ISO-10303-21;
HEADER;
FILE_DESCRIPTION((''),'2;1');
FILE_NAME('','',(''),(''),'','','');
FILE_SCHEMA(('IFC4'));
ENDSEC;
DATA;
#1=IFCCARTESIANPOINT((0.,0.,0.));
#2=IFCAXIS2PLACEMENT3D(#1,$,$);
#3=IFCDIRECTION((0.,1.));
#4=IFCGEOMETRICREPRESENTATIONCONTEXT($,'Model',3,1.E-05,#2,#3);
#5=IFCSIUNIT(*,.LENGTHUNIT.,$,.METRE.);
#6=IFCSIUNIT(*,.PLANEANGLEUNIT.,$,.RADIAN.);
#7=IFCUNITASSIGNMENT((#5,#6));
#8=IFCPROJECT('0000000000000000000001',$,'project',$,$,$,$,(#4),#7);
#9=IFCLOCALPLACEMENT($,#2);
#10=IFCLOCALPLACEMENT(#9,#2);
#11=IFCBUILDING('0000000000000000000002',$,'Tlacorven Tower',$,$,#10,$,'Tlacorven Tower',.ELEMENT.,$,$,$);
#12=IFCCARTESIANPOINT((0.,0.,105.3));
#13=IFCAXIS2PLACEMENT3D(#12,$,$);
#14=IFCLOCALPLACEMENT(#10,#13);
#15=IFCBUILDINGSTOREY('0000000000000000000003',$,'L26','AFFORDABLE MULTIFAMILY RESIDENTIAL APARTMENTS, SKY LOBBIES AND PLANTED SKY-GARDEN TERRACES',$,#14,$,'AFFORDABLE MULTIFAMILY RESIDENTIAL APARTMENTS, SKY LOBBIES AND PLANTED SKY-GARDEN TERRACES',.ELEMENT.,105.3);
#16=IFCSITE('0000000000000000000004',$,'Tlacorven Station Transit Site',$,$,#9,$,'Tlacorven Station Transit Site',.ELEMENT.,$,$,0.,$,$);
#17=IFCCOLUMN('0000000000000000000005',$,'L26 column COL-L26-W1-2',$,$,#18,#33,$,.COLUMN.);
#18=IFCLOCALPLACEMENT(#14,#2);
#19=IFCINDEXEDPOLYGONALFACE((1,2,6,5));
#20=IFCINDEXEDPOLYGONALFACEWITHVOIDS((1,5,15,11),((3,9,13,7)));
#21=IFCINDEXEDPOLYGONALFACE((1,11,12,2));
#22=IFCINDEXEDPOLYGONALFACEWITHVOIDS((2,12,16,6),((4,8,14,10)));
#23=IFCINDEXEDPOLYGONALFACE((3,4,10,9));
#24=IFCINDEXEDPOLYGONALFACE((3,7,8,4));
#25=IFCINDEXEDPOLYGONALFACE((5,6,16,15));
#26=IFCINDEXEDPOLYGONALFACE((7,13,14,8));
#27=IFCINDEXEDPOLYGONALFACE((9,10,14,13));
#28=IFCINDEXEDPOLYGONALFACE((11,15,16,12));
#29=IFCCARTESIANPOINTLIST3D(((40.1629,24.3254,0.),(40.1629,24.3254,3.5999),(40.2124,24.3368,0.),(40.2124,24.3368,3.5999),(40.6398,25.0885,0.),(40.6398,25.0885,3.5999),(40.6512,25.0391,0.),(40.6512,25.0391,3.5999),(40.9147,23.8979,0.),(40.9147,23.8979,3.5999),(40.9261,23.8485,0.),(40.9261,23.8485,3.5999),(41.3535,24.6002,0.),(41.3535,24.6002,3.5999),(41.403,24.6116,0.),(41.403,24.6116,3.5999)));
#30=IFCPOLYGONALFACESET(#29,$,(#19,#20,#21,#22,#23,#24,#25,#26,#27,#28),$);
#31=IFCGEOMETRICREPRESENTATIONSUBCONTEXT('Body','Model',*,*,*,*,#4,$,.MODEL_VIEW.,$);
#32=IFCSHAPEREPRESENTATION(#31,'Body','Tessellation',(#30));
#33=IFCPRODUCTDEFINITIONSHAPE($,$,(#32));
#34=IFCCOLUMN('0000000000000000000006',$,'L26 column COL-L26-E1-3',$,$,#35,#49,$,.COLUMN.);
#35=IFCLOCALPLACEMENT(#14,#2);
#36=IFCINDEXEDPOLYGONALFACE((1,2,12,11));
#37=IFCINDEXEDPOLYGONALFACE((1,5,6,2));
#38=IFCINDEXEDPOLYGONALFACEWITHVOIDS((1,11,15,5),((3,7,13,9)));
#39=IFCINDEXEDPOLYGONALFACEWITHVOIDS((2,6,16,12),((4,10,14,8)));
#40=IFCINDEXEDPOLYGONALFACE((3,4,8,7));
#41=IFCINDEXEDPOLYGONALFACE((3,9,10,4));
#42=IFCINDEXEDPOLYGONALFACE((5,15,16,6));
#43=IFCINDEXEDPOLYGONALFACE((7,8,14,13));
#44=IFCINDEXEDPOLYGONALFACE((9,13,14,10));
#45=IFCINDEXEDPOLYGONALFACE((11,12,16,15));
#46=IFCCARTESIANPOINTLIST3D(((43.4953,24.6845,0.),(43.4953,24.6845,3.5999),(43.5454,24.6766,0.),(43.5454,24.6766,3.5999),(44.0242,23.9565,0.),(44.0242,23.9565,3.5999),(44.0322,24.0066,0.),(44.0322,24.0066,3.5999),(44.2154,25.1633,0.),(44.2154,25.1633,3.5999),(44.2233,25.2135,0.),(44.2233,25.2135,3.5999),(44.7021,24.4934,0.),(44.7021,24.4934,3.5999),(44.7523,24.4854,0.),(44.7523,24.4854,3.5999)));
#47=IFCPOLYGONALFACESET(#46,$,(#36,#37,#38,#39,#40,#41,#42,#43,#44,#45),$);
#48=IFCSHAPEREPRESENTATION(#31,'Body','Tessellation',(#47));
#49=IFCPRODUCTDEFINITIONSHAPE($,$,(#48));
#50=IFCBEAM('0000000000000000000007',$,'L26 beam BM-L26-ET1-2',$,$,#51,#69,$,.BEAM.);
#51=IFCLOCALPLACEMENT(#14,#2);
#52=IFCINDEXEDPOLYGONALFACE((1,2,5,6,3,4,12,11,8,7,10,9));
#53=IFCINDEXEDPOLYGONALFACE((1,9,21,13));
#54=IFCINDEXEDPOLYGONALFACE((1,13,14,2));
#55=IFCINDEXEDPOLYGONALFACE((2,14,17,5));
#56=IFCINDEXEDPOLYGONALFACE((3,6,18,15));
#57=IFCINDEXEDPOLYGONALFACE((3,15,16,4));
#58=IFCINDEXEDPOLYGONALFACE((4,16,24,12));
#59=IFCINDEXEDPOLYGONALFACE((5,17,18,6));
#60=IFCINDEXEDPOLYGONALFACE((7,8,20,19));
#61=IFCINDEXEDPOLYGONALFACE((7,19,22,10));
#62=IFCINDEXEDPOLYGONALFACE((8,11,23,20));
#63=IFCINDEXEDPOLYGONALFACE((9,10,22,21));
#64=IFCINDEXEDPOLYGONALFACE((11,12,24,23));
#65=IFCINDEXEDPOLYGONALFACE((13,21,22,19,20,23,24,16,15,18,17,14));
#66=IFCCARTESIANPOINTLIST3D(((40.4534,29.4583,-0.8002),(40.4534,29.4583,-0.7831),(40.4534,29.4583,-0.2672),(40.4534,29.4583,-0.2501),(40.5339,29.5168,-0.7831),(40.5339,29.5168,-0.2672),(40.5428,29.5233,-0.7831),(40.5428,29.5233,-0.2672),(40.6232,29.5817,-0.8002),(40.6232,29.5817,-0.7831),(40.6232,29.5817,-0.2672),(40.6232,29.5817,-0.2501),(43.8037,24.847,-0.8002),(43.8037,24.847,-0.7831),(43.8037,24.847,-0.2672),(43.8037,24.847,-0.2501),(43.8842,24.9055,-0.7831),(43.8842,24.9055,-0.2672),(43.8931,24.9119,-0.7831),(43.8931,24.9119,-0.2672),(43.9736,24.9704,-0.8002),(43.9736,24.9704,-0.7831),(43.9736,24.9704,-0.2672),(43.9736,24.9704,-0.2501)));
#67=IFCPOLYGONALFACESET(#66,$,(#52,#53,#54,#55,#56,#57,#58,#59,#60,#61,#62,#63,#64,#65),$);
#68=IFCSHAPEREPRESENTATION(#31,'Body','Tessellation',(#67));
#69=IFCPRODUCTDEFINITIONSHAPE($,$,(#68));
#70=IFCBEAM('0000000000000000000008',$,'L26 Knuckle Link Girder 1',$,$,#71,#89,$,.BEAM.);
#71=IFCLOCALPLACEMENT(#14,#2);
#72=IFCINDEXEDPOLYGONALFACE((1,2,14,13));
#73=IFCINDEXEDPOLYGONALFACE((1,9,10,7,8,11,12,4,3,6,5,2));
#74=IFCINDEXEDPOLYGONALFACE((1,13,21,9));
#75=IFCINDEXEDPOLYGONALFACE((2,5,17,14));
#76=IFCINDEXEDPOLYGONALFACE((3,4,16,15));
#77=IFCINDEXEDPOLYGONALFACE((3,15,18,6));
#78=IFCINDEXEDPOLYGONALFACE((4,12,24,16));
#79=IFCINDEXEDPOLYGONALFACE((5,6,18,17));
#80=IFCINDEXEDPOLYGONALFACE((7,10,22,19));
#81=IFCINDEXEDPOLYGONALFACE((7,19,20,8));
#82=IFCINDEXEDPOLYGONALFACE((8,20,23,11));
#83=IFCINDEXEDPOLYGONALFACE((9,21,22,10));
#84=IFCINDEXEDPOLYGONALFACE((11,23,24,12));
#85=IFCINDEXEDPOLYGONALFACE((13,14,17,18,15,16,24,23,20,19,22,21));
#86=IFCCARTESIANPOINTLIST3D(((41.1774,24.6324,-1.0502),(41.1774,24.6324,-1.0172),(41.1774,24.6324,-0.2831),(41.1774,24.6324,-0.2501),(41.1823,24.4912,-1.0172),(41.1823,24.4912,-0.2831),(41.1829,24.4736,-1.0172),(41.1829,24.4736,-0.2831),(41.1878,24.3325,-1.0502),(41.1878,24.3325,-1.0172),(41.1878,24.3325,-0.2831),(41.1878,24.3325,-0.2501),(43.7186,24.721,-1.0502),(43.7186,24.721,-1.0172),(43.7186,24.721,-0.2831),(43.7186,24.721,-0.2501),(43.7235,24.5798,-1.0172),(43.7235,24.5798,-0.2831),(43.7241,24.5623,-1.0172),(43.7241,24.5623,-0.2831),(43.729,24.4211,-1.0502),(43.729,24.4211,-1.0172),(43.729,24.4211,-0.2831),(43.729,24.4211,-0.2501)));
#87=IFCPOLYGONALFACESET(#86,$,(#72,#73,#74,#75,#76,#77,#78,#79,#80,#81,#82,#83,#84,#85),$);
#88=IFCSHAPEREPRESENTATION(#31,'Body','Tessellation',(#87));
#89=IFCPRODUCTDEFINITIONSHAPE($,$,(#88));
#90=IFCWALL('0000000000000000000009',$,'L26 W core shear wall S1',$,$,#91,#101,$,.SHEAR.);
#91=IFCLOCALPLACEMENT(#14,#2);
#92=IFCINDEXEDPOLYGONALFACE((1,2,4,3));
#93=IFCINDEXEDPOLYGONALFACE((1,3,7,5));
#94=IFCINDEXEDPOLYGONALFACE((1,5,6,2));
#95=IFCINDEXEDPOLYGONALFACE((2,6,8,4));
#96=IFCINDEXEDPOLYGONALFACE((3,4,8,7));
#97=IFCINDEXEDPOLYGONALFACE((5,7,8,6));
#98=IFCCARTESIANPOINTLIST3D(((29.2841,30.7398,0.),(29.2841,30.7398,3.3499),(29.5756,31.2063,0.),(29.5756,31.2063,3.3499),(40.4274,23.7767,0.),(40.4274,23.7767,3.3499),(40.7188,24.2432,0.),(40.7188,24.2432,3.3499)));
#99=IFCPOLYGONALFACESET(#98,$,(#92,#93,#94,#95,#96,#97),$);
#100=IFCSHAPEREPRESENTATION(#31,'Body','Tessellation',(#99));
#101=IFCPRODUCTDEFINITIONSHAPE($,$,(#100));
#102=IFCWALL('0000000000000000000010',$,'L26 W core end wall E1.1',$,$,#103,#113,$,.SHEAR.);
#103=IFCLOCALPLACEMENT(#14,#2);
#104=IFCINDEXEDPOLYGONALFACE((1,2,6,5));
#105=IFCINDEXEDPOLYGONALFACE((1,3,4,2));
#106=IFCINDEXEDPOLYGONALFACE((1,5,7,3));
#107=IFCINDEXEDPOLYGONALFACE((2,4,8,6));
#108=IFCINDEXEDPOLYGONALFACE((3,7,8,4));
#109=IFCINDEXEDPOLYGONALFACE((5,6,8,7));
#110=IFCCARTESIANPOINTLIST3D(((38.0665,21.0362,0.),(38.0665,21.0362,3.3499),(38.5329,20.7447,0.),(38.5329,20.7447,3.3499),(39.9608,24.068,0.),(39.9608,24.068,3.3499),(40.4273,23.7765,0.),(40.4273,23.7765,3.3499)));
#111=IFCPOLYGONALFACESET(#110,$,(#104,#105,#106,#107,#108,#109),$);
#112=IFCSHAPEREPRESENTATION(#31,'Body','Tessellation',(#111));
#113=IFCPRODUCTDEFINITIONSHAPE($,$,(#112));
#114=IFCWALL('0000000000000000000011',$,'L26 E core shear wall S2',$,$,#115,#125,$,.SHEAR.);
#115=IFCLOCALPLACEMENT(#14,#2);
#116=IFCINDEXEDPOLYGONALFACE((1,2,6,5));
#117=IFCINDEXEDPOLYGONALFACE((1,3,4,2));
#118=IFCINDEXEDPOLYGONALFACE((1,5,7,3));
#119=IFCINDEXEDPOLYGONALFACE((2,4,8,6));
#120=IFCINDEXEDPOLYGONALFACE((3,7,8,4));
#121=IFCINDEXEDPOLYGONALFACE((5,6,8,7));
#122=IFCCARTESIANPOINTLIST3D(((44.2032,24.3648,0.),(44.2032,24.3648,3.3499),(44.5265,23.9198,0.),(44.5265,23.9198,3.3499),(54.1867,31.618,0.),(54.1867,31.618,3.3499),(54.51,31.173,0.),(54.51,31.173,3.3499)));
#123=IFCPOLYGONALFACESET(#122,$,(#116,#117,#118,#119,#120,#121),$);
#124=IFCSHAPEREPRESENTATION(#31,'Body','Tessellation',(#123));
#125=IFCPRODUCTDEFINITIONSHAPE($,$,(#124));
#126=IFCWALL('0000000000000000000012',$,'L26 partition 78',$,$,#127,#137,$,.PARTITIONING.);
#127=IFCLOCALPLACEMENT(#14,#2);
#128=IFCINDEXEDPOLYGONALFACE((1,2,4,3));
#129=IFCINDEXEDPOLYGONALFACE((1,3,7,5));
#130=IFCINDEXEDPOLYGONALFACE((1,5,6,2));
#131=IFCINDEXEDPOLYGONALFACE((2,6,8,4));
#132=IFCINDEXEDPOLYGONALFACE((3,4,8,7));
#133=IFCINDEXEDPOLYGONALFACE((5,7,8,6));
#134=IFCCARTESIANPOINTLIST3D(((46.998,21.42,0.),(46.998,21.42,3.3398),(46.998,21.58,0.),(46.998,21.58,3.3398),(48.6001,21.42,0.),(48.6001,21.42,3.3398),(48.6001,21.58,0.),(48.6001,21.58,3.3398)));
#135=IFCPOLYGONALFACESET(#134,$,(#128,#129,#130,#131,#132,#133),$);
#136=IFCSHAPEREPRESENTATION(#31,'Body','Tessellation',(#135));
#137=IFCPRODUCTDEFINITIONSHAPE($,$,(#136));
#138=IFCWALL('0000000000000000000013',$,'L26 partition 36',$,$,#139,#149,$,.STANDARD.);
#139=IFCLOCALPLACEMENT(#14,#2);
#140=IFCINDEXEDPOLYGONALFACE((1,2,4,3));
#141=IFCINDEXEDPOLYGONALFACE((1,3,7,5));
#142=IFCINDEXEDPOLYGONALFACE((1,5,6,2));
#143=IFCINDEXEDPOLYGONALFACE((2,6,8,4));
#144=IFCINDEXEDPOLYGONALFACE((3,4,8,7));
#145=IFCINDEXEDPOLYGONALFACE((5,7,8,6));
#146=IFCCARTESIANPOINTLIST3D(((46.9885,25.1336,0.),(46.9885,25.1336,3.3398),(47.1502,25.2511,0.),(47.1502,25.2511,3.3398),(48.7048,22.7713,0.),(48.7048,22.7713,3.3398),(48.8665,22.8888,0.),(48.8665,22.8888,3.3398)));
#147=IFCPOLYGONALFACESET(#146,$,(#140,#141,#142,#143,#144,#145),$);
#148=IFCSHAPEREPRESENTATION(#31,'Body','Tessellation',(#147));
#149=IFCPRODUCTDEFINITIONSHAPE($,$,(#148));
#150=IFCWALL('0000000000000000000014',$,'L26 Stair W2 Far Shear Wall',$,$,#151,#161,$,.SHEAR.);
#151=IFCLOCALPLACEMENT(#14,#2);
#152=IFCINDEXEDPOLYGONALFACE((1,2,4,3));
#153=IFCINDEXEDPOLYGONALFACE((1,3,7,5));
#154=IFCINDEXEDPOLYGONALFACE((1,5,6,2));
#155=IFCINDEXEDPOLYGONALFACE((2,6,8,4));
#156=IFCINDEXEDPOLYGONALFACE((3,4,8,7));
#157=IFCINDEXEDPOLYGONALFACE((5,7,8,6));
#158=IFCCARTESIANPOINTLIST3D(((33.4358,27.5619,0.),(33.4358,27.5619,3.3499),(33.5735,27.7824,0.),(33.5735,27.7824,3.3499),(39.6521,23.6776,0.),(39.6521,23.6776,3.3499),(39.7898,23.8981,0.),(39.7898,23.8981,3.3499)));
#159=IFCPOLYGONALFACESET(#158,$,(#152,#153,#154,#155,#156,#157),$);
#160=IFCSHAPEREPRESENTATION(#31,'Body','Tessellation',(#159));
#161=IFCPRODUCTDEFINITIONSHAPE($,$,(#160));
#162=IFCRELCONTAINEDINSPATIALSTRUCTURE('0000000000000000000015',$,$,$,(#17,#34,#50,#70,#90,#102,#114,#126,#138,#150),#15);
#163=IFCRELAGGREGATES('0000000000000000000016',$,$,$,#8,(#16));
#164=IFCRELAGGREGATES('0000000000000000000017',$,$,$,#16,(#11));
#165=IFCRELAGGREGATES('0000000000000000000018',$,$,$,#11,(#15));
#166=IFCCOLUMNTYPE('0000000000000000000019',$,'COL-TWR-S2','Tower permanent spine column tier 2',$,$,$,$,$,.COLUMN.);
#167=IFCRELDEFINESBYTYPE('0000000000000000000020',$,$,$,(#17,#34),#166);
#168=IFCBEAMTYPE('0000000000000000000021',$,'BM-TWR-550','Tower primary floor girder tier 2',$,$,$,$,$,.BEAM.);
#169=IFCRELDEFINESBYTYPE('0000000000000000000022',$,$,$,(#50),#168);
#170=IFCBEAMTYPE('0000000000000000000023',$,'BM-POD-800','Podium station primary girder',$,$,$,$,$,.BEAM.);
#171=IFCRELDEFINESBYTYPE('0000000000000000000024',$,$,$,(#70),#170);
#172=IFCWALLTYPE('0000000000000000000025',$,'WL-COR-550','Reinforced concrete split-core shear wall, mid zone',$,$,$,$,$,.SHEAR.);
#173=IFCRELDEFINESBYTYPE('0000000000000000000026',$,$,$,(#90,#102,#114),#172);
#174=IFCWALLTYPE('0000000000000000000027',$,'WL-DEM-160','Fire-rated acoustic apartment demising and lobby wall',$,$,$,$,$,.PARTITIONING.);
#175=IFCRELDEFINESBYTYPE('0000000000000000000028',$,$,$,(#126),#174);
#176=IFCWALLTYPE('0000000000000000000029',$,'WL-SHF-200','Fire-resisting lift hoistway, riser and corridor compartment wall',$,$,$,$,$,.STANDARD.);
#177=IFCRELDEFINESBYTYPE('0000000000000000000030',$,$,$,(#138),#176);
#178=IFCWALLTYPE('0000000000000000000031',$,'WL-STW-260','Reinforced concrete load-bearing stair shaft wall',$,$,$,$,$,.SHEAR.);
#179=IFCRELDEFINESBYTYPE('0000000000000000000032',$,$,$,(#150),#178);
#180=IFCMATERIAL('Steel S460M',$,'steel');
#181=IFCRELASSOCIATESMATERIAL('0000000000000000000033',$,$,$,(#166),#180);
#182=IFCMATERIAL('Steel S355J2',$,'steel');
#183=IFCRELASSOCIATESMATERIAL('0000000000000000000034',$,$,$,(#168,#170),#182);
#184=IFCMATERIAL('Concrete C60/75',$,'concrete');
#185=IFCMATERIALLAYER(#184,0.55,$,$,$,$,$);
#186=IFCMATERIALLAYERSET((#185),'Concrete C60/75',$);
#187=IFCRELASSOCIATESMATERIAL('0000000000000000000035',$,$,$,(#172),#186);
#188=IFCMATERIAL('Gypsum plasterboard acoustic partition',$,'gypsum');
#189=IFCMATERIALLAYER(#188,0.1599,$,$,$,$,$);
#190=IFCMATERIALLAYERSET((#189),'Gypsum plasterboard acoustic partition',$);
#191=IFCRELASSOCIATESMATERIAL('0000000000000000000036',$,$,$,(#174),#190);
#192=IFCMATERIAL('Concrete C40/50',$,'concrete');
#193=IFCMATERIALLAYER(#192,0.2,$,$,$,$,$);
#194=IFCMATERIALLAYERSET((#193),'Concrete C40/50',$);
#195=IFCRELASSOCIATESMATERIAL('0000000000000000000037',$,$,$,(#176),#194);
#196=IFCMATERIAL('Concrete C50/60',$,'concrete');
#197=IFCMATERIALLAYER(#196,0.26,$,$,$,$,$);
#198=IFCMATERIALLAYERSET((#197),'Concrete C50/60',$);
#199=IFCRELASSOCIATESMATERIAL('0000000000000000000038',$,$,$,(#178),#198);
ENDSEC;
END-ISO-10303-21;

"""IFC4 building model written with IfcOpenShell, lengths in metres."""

from ifc_helpers import new_model, si_unit, direction, frame, frame_2d, origin, origin_2d, place, context, subcontext, project, spatial, rectangle, hollow_rectangle, i_section, extrude, source, transform, mapped, material, layer, layer_set, material_profile, profile_set, type_object, element, save


model = new_model("IFC4")

# Units and contexts
model_context = context("Model", 3, precision=1e-05, world=origin(), true_north=direction((0.0, 1.0)))
body_context = subcontext(model_context, "Body", "Model", "MODEL_VIEW")
ifc_project = project(units=[si_unit("LENGTHUNIT", "METRE"), si_unit("PLANEANGLEUNIT", "RADIAN")], contexts=[model_context])

# Site, building, storey
site_placement = place(None, origin())
site = spatial("IfcSite", under=ifc_project, at=site_placement, Name="Tlacorven Station Transit Site", LongName="Tlacorven Station Transit Site", CompositionType="ELEMENT", RefElevation=0.0)
building_placement = place(site_placement, origin())
building = spatial("IfcBuilding", under=site, at=building_placement, Name="Tlacorven Tower", LongName="Tlacorven Tower", CompositionType="ELEMENT")
storey_placement = place(building_placement, frame((0.0, 0.0, 105.3)))
storey = spatial("IfcBuildingStorey", under=building, at=storey_placement, Name="L26", Description="AFFORDABLE MULTIFAMILY RESIDENTIAL APARTMENTS, SKY LOBBIES AND PLANTED SKY-GARDEN TERRACES", LongName="AFFORDABLE MULTIFAMILY RESIDENTIAL APARTMENTS, SKY LOBBIES AND PLANTED SKY-GARDEN TERRACES", CompositionType="ELEMENT", Elevation=105.3)

# Columns
ifc_material_1 = material(Name="Steel S460M", Category="steel")
ifc_material_profile_1 = material_profile(ifc_material_1, hollow_rectangle(XDim=0.8999, YDim=0.8999, WallThickness=0.0359, at=origin_2d()), Name="BOX 900X900X36")
ifc_profile_set_1 = profile_set([ifc_material_profile_1], Name="Steel S460M")
column_type = type_object("IfcColumnType", Name="COL-TWR-S2", Description="Tower permanent spine column tier 2", PredefinedType="COLUMN", material=ifc_profile_set_1)
shared_shape_1 = source(origin(), body_context, "Body", "SweptSolid", [
    extrude(hollow_rectangle(XDim=0.8999, YDim=0.8999, WallThickness=0.0359, at=origin_2d()), origin(), (0.0, 0.0, 1.0), 3.5999),
])
for number, where, z_axis, x_axis, name in (
    (1, (40.783, 24.4685, 0.0), (0.0, 0.0, 1.0), (-0.848048, 0.529919, 0.0), "L26 column COL-L26-W1-2"),
    (2, (44.1238, 24.585, 0.0), (0.0, 0.0, 1.0), (0.809017, 0.587785, 0.0), "L26 column COL-L26-E1-3"),
):
    element("IfcColumn", number, at=place(storey_placement, frame(where, z_axis=z_axis, x_axis=x_axis)), inside=storey, type_object=column_type, Name=name, PredefinedType="COLUMN", context=body_context, shape_type="MappedRepresentation", body=[
        mapped(shared_shape_1, transform((0.0, 0.0, 0.0), scale=1.0)),
    ])

# Beams
ifc_material_2 = material(Name="Steel S355J2", Category="steel")
ifc_material_profile_2 = material_profile(ifc_material_2, i_section(OverallWidth=0.21, OverallDepth=0.55, WebThickness=0.011, FlangeThickness=0.0171, at=origin_2d()), Name="IPE 550")
ifc_profile_set_2 = profile_set([ifc_material_profile_2], Name="Steel S355J2")
beam_type_1 = type_object("IfcBeamType", Name="BM-TWR-550", Description="Tower primary floor girder tier 2", PredefinedType="BEAM", material=ifc_profile_set_2)
shared_shape_2 = source(origin(), body_context, "Body", "SweptSolid", [
    extrude(i_section(OverallWidth=0.21, OverallDepth=0.55, WebThickness=0.011, FlangeThickness=0.0171, at=origin_2d()), origin(), (0.0, 0.0, 1.0), 5.7),
])
beam_1_placement = place(storey_placement, frame((43.8887, 24.9087, -0.5251), z_axis=(-0.587787, 0.809016, 0.0), x_axis=(-0.809016, -0.587787, 0.0)))
element("IfcBeam", 3, at=beam_1_placement, inside=storey, type_object=beam_type_1, Name="L26 beam BM-L26-ET1-2", PredefinedType="BEAM", context=body_context, shape_type="MappedRepresentation", body=[
    mapped(shared_shape_2, transform((0.0, 0.0, 0.0), scale=1.0)),
])
ifc_material_profile_3 = material_profile(ifc_material_2, i_section(OverallWidth=0.3, OverallDepth=0.8, WebThickness=0.0176, FlangeThickness=0.033, at=origin_2d()), Name="HEB 800")
ifc_profile_set_3 = profile_set([ifc_material_profile_3], Name="Steel S355J2")
beam_type_2 = type_object("IfcBeamType", Name="BM-POD-800", Description="Podium station primary girder", PredefinedType="BEAM", material=ifc_profile_set_3)
shared_shape_3 = source(origin(), body_context, "Body", "SweptSolid", [
    extrude(i_section(OverallWidth=0.3, OverallDepth=0.8, WebThickness=0.0176, FlangeThickness=0.033, at=origin_2d()), origin(), (0.0, 0.0, 1.0), 2.5427),
])
beam_2_placement = place(storey_placement, frame((41.1826, 24.4824, -0.6501), z_axis=(0.999392, 0.034852, 0.0), x_axis=(-0.034852, 0.999392, 0.0)))
element("IfcBeam", 4, at=beam_2_placement, inside=storey, type_object=beam_type_2, Name="L26 Knuckle Link Girder 1", PredefinedType="BEAM", context=body_context, shape_type="MappedRepresentation", body=[
    mapped(shared_shape_3, transform((0.0, 0.0, 0.0), scale=1.0)),
])

# Walls
ifc_material_3 = material(Name="Concrete C60/75", Category="concrete")
ifc_layer_1 = layer(ifc_material_3, 0.55)
ifc_layer_set_1 = layer_set([ifc_layer_1], Name="Concrete C60/75")
wall_type_1 = type_object("IfcWallType", Name="WL-COR-550", Description="Reinforced concrete split-core shear wall, mid zone", PredefinedType="SHEAR", material=ifc_layer_set_1)
wall_1_placement = place(storey_placement, frame((40.573, 24.01, 0.0), z_axis=(0.0, 0.0, 1.0), x_axis=(-0.848047, 0.52992, 0.0)))
element("IfcWall", 5, at=wall_1_placement, inside=storey, type_object=wall_type_1, Name="L26 W core shear wall S1", PredefinedType="SHEAR", context=body_context, shape_type="SweptSolid", body=[
    extrude(rectangle(XDim=13.1399, YDim=0.55, at=frame_2d((6.5698, 0.0))), origin(), (0.0, 0.0, 1.0), 3.3499),
])
wall_2_placement = place(storey_placement, frame((40.1941, 23.9224, 0.0), z_axis=(0.0, 0.0, 1.0), x_axis=(-0.529888, -0.848067, 0.0)))
element("IfcWall", 6, at=wall_2_placement, inside=storey, type_object=wall_type_1, Name="L26 W core end wall E1.1", PredefinedType="SHEAR", context=body_context, shape_type="SweptSolid", body=[
    extrude(rectangle(XDim=3.575, YDim=0.55, at=frame_2d((1.7876, 0.0))), origin(), (0.0, 0.0, 1.0), 3.3499),
])
wall_3_placement = place(storey_placement, frame((44.365, 24.1423, 0.0), z_axis=(0.0, 0.0, 1.0), x_axis=(0.809024, 0.587775, 0.0)))
element("IfcWall", 7, at=wall_3_placement, inside=storey, type_object=wall_type_1, Name="L26 E core shear wall S2", PredefinedType="SHEAR", context=body_context, shape_type="SweptSolid", body=[
    extrude(rectangle(XDim=12.3401, YDim=0.55, at=frame_2d((6.1699, 0.0))), origin(), (0.0, 0.0, 1.0), 3.3499),
])
ifc_material_4 = material(Name="Gypsum plasterboard acoustic partition", Category="gypsum")
ifc_layer_2 = layer(ifc_material_4, 0.1599)
ifc_layer_set_2 = layer_set([ifc_layer_2], Name="Gypsum plasterboard acoustic partition")
wall_type_2 = type_object("IfcWallType", Name="WL-DEM-160", Description="Fire-rated acoustic apartment demising and lobby wall", PredefinedType="PARTITIONING", material=ifc_layer_set_2)
wall_4_placement = place(storey_placement, frame((46.998, 21.5, 0.0), z_axis=(0.0, 0.0, 1.0), x_axis=(1.0, 0.0, 0.0)))
element("IfcWall", 8, at=wall_4_placement, inside=storey, type_object=wall_type_2, Name="L26 partition 78", PredefinedType="PARTITIONING", context=body_context, shape_type="SweptSolid", body=[
    extrude(rectangle(XDim=1.6021, YDim=0.1599, at=frame_2d((0.801, 0.0))), origin(), (0.0, 0.0, 1.0), 3.3398),
])
ifc_material_5 = material(Name="Concrete C40/50", Category="concrete")
ifc_layer_3 = layer(ifc_material_5, 0.2)
ifc_layer_set_3 = layer_set([ifc_layer_3], Name="Concrete C40/50")
wall_type_3 = type_object("IfcWallType", Name="WL-SHF-200", Description="Fire-resisting lift hoistway, riser and corridor compartment wall", PredefinedType="STANDARD", material=ifc_layer_set_3)
wall_5_placement = place(storey_placement, frame((48.7856, 22.8301, 0.0), z_axis=(0.0, 0.0, 1.0), x_axis=(-0.587784, 0.809018, 0.0)))
element("IfcWall", 9, at=wall_5_placement, inside=storey, type_object=wall_type_3, Name="L26 partition 36", PredefinedType="STANDARD", context=body_context, shape_type="SweptSolid", body=[
    extrude(rectangle(XDim=2.9199, YDim=0.2, at=frame_2d((1.46, 0.0))), origin(), (0.0, 0.0, 1.0), 3.3398),
])
ifc_material_6 = material(Name="Concrete C50/60", Category="concrete")
ifc_layer_4 = layer(ifc_material_6, 0.26)
ifc_layer_set_4 = layer_set([ifc_layer_4], Name="Concrete C50/60")
wall_type_4 = type_object("IfcWallType", Name="WL-STW-260", Description="Reinforced concrete load-bearing stair shaft wall", PredefinedType="SHEAR", material=ifc_layer_set_4)
wall_6_placement = place(storey_placement, frame((39.7209, 23.7878, 0.0), z_axis=(0.0, 0.0, 1.0), x_axis=(-0.848054, 0.529909, 0.0)))
element("IfcWall", 10, at=wall_6_placement, inside=storey, type_object=wall_type_4, Name="L26 Stair W2 Far Shear Wall", PredefinedType="SHEAR", context=body_context, shape_type="SweptSolid", body=[
    extrude(rectangle(XDim=7.3301, YDim=0.26, at=frame_2d((3.665, 0.0))), origin(), (0.0, 0.0, 1.0), 3.3499),
])

save(model, "model.ifc")
